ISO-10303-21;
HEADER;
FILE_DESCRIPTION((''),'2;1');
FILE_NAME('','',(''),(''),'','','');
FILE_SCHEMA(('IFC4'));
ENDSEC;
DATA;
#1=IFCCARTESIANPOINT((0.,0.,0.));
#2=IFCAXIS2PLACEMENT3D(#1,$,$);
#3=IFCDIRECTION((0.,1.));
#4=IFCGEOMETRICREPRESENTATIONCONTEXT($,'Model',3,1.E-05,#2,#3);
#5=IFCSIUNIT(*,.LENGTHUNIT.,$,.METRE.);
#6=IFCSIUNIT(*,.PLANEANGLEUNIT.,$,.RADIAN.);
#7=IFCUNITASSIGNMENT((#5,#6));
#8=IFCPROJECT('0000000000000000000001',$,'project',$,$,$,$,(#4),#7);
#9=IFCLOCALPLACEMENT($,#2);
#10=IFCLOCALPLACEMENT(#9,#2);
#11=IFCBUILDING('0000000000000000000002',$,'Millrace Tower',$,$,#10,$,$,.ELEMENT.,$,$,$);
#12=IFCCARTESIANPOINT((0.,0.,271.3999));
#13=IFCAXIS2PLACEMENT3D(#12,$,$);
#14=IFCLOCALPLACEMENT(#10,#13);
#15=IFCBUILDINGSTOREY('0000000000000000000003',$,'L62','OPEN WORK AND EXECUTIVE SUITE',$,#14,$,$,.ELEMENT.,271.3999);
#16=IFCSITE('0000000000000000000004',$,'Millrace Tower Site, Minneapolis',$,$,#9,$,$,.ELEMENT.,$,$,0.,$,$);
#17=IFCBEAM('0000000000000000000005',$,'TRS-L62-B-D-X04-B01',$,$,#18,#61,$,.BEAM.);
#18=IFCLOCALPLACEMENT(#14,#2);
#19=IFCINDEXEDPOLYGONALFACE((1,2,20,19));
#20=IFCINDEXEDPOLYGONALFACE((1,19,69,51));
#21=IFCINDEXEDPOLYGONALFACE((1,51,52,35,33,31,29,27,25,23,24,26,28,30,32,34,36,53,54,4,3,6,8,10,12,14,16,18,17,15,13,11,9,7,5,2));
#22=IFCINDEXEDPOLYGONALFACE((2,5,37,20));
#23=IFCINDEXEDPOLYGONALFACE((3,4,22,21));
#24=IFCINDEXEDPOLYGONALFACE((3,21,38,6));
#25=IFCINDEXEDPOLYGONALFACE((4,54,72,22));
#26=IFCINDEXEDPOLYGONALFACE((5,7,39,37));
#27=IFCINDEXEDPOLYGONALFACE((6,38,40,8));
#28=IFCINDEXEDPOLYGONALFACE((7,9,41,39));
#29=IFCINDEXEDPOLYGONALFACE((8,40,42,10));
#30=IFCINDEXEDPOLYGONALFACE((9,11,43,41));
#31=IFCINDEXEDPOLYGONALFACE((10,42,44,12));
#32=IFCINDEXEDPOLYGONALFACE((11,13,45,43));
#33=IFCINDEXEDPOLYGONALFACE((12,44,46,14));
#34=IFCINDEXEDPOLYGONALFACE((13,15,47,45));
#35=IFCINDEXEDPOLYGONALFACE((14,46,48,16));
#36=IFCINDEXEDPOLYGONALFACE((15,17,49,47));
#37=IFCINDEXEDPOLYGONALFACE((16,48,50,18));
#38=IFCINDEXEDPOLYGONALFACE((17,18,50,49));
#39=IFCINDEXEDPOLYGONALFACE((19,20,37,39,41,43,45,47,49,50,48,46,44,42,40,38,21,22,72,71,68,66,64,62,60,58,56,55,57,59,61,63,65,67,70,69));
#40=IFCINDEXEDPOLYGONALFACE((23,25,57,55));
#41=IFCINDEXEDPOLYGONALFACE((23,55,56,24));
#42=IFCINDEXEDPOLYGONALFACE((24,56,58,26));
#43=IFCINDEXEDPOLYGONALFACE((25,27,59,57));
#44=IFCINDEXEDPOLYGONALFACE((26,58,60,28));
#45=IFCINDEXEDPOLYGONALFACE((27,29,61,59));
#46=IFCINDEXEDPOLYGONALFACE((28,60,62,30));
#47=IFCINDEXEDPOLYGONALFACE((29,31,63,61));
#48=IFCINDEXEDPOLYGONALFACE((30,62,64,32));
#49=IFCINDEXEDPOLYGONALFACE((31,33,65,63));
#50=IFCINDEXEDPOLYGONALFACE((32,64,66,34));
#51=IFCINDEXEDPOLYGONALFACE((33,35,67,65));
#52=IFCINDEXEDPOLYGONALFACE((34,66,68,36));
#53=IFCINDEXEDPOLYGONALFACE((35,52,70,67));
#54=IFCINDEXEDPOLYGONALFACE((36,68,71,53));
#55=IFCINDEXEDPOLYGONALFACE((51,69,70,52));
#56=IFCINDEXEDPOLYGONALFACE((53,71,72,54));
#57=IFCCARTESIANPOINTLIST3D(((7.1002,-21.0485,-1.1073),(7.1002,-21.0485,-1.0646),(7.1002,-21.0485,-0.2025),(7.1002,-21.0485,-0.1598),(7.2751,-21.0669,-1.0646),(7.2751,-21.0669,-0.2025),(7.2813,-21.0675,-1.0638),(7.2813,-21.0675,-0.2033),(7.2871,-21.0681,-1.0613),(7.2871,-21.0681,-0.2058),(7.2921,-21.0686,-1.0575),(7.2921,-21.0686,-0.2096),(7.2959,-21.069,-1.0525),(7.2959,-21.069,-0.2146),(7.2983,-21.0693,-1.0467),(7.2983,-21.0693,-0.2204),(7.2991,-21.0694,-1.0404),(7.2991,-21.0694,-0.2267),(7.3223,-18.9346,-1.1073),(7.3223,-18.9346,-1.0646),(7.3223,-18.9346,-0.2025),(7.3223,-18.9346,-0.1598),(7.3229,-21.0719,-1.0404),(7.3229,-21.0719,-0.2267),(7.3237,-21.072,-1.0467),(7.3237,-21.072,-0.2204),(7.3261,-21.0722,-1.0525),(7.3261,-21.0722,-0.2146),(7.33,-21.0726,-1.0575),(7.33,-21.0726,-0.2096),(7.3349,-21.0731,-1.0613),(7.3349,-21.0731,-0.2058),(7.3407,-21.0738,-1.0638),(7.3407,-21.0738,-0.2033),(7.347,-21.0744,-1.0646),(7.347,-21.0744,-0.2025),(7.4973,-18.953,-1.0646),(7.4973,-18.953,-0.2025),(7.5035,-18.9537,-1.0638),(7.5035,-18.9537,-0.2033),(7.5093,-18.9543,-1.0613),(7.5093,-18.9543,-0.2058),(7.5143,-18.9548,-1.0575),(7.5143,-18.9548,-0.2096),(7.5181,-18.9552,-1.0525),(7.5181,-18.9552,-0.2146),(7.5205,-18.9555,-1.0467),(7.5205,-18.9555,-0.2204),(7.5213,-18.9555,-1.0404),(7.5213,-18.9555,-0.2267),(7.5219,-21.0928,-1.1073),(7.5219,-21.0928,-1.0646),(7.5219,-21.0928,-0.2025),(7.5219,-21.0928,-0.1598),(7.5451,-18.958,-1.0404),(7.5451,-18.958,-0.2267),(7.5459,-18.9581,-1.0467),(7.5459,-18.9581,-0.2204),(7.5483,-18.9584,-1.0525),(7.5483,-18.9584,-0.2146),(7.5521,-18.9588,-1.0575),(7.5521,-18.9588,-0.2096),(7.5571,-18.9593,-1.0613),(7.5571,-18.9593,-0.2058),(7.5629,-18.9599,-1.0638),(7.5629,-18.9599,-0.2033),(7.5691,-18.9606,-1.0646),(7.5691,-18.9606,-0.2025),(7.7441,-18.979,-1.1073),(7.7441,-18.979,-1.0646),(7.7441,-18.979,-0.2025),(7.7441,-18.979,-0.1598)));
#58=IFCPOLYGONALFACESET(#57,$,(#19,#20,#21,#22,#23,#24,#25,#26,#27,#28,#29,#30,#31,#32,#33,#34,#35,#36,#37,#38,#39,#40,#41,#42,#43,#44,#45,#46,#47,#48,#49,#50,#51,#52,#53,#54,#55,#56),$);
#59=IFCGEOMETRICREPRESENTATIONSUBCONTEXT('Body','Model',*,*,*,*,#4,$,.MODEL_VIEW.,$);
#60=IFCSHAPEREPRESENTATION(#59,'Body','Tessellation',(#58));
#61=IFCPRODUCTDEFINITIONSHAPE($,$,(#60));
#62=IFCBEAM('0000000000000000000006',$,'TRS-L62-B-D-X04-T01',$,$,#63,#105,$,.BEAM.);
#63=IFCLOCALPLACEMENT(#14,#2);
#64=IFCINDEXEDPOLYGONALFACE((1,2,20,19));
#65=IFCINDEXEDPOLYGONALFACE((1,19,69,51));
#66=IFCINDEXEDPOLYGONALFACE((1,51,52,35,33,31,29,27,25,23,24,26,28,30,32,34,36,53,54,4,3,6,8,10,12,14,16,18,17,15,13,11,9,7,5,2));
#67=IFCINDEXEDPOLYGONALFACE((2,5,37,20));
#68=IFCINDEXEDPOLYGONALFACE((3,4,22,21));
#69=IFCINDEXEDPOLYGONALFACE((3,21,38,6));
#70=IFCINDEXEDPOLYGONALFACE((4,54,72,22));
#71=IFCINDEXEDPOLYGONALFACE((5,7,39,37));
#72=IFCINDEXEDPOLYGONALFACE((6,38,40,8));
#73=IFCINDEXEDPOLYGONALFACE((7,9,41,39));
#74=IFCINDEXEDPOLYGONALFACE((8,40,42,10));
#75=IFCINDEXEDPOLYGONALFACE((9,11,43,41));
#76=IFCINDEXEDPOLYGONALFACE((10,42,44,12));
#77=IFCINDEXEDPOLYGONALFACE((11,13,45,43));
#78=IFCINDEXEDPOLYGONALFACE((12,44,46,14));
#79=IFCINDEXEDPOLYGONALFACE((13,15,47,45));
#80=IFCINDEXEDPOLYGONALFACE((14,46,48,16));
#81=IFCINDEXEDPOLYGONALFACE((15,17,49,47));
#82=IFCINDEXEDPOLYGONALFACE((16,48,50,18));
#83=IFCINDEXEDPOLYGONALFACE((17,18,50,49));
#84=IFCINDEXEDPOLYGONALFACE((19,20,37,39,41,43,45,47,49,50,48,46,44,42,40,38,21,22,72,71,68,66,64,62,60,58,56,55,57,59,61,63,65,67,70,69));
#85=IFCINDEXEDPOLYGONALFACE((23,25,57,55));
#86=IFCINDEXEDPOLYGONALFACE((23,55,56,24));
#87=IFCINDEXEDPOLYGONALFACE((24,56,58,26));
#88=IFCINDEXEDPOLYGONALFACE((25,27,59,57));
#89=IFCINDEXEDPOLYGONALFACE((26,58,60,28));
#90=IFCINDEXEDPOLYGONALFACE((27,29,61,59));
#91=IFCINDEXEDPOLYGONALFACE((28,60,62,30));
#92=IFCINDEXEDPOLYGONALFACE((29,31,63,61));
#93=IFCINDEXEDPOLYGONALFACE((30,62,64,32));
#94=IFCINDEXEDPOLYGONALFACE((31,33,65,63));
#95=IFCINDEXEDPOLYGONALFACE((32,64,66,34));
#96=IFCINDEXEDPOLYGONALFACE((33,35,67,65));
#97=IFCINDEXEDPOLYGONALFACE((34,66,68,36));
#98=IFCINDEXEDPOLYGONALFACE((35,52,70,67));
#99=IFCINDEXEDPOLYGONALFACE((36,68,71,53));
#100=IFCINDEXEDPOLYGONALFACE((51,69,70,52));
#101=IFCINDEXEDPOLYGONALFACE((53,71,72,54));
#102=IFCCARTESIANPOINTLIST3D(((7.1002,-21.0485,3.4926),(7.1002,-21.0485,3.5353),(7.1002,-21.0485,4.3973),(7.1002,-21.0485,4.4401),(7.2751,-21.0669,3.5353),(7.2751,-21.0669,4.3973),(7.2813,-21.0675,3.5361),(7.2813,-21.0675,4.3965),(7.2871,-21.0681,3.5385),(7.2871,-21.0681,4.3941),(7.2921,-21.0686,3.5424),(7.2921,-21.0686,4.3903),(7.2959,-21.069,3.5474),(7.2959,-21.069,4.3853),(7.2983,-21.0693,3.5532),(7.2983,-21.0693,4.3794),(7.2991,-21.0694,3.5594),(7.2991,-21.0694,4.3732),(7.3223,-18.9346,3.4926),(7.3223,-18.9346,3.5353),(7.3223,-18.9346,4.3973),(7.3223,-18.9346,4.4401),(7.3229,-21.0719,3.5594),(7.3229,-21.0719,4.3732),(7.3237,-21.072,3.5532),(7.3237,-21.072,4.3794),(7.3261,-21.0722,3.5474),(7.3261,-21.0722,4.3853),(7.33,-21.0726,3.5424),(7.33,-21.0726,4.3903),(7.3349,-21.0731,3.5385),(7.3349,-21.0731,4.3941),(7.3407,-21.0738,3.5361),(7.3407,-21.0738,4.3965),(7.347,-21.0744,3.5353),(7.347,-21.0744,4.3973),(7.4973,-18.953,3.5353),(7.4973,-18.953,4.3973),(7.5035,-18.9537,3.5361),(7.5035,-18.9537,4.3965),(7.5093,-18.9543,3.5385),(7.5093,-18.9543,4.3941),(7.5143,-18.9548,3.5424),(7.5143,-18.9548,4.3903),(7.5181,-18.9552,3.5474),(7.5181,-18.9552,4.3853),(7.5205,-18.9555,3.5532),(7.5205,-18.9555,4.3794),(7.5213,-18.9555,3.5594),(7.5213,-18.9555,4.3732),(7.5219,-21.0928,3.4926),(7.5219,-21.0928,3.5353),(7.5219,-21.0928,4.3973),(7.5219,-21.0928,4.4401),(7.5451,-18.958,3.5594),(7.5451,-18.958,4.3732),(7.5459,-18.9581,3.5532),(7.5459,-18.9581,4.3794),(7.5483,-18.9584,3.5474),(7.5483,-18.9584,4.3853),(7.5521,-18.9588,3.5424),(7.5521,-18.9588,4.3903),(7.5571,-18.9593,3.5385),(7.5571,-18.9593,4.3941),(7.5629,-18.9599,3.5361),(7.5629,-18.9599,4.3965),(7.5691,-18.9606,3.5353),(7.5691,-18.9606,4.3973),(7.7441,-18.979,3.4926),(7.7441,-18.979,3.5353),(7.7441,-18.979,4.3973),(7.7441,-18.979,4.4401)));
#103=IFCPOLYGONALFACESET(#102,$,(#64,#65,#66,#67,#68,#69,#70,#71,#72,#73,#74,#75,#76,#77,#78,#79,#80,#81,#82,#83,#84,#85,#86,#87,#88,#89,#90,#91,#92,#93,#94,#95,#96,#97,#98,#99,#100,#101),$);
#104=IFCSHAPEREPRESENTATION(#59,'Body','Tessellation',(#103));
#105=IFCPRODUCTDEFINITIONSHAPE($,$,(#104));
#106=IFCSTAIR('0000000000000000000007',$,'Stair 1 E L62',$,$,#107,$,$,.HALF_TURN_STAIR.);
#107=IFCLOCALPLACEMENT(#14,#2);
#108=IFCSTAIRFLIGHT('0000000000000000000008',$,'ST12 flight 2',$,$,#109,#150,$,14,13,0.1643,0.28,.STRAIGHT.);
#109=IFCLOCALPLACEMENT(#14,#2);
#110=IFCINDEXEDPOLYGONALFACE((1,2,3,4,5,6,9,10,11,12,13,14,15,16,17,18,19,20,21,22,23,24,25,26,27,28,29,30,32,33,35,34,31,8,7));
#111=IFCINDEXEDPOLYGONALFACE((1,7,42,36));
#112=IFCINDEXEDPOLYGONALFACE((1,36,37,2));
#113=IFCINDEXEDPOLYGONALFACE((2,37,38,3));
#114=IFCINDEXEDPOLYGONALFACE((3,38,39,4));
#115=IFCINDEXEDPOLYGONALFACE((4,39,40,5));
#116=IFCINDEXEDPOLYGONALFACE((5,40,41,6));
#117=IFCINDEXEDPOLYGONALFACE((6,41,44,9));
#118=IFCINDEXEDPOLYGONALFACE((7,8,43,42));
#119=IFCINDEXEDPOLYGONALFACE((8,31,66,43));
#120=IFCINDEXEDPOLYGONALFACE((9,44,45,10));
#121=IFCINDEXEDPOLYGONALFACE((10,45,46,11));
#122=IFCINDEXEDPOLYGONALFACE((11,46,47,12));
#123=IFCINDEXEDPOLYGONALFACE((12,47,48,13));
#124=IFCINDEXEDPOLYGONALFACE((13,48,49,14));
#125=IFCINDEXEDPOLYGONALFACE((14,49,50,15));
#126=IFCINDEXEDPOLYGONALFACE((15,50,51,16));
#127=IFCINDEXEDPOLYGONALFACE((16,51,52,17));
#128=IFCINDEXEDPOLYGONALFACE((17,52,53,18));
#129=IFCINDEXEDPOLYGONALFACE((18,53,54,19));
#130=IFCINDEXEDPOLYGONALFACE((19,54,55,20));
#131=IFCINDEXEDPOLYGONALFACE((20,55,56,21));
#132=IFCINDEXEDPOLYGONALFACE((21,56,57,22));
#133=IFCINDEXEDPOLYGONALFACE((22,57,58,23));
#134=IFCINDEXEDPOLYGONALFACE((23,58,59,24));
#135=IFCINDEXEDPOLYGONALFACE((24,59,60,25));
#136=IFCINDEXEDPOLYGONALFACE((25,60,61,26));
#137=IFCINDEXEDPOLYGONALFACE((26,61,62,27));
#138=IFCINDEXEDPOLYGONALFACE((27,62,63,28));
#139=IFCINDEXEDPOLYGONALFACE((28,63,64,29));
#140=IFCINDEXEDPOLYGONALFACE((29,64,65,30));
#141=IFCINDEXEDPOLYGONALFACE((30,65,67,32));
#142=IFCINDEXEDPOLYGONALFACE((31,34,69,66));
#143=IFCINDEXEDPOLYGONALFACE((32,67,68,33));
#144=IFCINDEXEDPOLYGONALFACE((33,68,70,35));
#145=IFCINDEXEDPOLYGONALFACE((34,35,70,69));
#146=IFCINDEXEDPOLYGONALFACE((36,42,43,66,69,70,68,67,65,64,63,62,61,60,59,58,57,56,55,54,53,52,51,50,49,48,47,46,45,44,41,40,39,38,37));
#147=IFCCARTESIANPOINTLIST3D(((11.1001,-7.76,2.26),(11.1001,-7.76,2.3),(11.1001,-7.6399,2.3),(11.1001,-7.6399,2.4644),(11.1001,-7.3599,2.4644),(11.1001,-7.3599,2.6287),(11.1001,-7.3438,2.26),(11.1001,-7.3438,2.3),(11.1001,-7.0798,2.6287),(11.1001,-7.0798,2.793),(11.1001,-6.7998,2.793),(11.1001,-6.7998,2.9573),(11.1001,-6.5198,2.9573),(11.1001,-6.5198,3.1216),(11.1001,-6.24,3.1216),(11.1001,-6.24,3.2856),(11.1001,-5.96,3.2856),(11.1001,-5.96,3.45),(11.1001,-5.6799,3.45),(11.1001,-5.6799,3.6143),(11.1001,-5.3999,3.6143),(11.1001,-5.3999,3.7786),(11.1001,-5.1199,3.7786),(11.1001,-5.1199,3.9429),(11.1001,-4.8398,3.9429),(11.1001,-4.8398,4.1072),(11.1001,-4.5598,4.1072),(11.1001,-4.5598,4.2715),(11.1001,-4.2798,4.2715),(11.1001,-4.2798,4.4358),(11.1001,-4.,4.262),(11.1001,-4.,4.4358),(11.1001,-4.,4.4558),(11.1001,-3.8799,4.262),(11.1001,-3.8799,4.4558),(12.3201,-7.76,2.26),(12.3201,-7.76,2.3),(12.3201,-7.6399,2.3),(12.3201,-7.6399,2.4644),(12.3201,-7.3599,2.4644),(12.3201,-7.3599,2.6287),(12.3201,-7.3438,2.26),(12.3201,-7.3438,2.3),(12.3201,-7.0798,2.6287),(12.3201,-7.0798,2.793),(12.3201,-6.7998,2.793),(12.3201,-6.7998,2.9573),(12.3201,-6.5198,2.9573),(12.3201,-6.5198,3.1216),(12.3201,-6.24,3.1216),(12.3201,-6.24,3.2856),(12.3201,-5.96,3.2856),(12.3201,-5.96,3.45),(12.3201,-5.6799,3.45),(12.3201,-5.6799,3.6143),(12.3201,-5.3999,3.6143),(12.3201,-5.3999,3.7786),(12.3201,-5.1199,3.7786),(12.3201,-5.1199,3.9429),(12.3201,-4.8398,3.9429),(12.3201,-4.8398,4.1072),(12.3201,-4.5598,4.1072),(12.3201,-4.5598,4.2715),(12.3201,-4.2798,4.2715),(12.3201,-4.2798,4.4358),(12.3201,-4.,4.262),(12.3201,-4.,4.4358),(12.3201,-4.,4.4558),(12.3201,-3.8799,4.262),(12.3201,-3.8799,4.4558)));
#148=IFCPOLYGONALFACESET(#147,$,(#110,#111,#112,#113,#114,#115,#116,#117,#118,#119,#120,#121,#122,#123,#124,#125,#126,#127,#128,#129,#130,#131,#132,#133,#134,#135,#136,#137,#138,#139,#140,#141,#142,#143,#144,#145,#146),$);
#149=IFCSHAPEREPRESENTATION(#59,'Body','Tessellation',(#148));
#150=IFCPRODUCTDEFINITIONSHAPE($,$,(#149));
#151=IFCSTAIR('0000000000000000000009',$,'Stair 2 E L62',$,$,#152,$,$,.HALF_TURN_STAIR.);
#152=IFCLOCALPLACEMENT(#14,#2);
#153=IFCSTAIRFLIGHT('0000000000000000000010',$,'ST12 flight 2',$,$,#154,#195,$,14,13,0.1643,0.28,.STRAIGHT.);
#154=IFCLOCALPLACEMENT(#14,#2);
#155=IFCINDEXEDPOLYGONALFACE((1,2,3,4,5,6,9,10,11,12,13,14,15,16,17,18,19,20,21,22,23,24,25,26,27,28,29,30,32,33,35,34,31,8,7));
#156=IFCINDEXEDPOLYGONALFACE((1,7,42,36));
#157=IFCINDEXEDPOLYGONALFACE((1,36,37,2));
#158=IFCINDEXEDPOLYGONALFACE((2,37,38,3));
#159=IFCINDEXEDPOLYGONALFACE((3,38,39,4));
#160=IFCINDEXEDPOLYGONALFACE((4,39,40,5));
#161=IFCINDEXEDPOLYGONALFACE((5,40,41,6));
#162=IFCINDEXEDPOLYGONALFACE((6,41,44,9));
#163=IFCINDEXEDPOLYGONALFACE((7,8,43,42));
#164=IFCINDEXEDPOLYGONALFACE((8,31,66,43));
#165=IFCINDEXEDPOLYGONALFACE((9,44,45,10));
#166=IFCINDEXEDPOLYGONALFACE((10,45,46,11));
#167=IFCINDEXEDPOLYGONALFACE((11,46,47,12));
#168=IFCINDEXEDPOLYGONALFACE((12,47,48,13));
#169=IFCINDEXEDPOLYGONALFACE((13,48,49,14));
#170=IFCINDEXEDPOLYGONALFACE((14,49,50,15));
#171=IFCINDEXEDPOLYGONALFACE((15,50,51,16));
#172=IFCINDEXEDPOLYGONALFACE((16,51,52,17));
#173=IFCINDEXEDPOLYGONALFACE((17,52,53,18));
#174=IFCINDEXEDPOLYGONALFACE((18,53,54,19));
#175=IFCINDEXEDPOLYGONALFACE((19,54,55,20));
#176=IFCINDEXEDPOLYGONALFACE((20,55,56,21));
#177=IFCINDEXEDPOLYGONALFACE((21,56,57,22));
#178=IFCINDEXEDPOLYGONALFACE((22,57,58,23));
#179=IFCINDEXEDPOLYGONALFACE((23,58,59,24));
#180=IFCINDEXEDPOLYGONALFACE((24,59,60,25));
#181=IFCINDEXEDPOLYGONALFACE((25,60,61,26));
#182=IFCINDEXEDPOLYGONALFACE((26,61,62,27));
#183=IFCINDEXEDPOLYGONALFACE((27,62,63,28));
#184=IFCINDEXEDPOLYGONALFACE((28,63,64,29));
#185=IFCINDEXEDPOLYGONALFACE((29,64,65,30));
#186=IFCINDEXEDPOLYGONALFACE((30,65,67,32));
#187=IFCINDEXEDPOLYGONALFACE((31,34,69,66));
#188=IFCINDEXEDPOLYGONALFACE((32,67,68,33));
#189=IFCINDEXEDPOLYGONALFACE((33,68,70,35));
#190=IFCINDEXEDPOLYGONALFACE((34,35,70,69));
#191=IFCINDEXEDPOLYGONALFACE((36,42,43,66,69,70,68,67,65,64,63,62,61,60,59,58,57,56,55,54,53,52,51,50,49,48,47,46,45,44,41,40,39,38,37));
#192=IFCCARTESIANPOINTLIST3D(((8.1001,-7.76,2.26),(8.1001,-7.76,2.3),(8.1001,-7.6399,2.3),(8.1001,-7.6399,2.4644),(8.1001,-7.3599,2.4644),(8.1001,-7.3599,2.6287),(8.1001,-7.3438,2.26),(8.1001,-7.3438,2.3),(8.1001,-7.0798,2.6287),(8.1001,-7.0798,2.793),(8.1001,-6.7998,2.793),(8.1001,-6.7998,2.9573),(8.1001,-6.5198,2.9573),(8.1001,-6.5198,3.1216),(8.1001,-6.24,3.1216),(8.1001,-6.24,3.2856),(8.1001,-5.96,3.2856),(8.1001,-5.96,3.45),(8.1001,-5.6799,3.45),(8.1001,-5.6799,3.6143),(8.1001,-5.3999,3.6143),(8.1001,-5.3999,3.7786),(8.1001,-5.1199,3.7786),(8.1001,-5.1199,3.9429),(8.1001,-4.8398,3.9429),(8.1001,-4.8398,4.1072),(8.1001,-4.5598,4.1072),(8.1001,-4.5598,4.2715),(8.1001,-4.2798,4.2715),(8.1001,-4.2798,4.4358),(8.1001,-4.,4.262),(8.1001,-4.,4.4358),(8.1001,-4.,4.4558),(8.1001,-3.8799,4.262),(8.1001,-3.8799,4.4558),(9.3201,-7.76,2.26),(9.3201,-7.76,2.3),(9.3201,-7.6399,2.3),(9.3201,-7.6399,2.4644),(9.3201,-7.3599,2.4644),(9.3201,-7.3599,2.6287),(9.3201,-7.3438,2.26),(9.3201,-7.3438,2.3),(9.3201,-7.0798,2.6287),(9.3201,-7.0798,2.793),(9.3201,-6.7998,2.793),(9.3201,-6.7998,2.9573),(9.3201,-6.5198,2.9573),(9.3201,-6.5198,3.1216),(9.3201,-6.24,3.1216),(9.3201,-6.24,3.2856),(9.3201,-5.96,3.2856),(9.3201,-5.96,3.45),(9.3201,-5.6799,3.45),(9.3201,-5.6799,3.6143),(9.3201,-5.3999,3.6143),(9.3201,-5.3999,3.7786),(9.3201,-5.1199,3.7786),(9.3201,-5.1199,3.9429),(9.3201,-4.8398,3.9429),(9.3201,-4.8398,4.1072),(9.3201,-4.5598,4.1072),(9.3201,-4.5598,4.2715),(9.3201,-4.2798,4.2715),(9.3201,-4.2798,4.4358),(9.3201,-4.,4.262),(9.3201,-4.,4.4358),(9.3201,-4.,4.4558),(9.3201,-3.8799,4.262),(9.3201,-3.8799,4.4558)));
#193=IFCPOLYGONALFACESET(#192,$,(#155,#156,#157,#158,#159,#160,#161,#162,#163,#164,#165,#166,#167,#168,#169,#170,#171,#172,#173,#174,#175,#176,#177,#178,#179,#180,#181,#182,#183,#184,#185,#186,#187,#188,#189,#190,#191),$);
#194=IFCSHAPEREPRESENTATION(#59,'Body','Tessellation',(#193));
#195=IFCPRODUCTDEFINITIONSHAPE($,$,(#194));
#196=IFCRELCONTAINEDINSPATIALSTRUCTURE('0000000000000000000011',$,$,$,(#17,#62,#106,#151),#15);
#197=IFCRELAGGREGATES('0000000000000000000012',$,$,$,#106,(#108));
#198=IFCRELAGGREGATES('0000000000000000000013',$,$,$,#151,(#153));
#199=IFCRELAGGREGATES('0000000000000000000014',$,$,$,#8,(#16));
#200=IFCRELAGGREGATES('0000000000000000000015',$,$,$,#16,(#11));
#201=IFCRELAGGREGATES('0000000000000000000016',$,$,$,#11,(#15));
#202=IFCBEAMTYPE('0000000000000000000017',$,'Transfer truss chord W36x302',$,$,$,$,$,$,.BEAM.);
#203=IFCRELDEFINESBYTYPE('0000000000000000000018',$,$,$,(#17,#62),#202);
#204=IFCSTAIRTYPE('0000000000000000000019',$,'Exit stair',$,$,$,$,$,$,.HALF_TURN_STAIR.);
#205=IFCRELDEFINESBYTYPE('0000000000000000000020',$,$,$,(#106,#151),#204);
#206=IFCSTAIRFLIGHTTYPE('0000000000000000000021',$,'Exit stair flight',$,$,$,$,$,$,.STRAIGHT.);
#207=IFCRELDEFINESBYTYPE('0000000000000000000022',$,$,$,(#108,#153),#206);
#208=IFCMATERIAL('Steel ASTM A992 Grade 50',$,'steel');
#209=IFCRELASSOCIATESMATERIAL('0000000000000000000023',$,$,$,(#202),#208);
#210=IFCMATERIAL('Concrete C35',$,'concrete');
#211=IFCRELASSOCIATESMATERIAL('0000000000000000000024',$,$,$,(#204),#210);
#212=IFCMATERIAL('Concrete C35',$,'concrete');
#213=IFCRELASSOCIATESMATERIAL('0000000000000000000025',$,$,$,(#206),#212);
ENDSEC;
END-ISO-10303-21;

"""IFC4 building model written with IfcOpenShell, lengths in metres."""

from ifc_helpers import new_model, si_unit, direction, frame, origin, origin_2d, place, context, subcontext, project, spatial, polyline, i_section, outline, extrude, material, material_profile, profile_set, type_object, element, aggregate, save


model = new_model("IFC4")

# Units and contexts
model_context = context("Model", 3, precision=1e-05, world=origin(), true_north=direction((0.0, 1.0)))
body_context = subcontext(model_context, "Body", "Model", "MODEL_VIEW")
ifc_project = project(units=[si_unit("LENGTHUNIT", "METRE"), si_unit("PLANEANGLEUNIT", "RADIAN")], contexts=[model_context])

# Site, building, storey
site_placement = place(None, origin())
site = spatial("IfcSite", under=ifc_project, at=site_placement, Name="Millrace Tower Site, Minneapolis", CompositionType="ELEMENT", RefElevation=0.0)
building_placement = place(site_placement, origin())
building = spatial("IfcBuilding", under=site, at=building_placement, Name="Millrace Tower", CompositionType="ELEMENT")
storey_placement = place(building_placement, frame((0.0, 0.0, 271.3999)))
storey = spatial("IfcBuildingStorey", under=building, at=storey_placement, Name="L62", Description="OPEN WORK AND EXECUTIVE SUITE", CompositionType="ELEMENT", Elevation=271.3999)

# Shared definitions
placement = place(storey_placement, origin())

# Beams
ifc_material_1 = material(Name="Steel ASTM A992 Grade 50", Category="steel")
ifc_material_profile_1 = material_profile(ifc_material_1, i_section(OverallWidth=0.4241, OverallDepth=0.9475, WebThickness=0.0239, FlangeThickness=0.0427, FilletRadius=0.0242, at=origin_2d()))
ifc_profile_set_1 = profile_set([ifc_material_profile_1], Name="Steel ASTM A992 Grade 50")
beam_type_1 = type_object("IfcBeamType", Name="Transfer truss chord W36x302", PredefinedType="BEAM", material=ifc_profile_set_1)
for number, where, z_axis, x_axis, name in (
    (1, (7.5332, -18.9568, -0.6335), (-0.104529, -0.994522, 0.0), (0.994522, -0.104529, 0.0), "TRS-L62-B-D-X04-B01"),
    (2, (7.5332, -18.9568, 3.9663), (-0.104529, -0.994522, 0.0), (0.994522, -0.104529, 0.0), "TRS-L62-B-D-X04-T01"),
):
    element("IfcBeam", number, at=place(storey_placement, frame(where, z_axis=z_axis, x_axis=x_axis)), inside=storey, type_object=beam_type_1, Name=name, PredefinedType="BEAM", context=body_context, shape_type="SweptSolid", body=[
        extrude(i_section(OverallWidth=0.4241, OverallDepth=0.9475, WebThickness=0.0239, FlangeThickness=0.0427, FilletRadius=0.0242, at=origin_2d()), origin(), (0.0, 0.0, 1.0), 2.1255),
    ])

# Stairs, stair flights
ifc_material_2 = material(Name="Concrete C35", Category="concrete")
stair_type = type_object("IfcStairType", Name="Exit stair", PredefinedType="HALF_TURN_STAIR", material=ifc_material_2)
stair_1 = element("IfcStair", 3, at=placement, inside=storey, type_object=stair_type, Name="Stair 1 E L62", PredefinedType="HALF_TURN_STAIR")
ifc_material_3 = material(Name="Concrete C35", Category="concrete")
stair_flight_type = type_object("IfcStairFlightType", Name="Exit stair flight", PredefinedType="STRAIGHT", material=ifc_material_3)
stair_flight_1_placement = place(storey_placement, frame((11.71, -7.6399, 2.3), z_axis=(0.0, 0.0, 1.0), x_axis=(0.0, 1.0, 0.0)))
stair_flight_1 = element("IfcStairFlight", 4, at=stair_flight_1_placement, type_object=stair_flight_type, Name="ST12 flight 2", NumberOfRisers=14, NumberOfTreads=13, PredefinedType="STRAIGHT", RiserHeight=0.1643, TreadLength=0.28, context=body_context, shape_type="SweptSolid", body=[
    extrude(outline(polyline([(-0.1201, -0.04), (-0.1201, 0.0), (0.0, 0.0), (0.0, 0.1643), (0.28, 0.1643), (0.28, 0.3286), (0.5601, 0.3286), (0.5601, 0.4929), (0.8401, 0.4929), (0.8401, 0.6572), (1.1201, 0.6572), (1.1201, 0.8215), (1.3999, 0.8215), (1.3999, 0.9856), (1.6799, 0.9856), (1.6799, 1.1499), (1.96, 1.1499), (1.96, 1.3142), (2.24, 1.3142), (2.24, 1.4785), (2.52, 1.4785), (2.52, 1.6428), (2.8, 1.6428), (2.8, 1.8071), (3.0801, 1.8071), (3.0801, 1.9714), (3.3601, 1.9714), (3.3601, 2.1357), (3.6399, 2.1357), (3.6399, 2.1558), (3.76, 2.1558), (3.76, 1.9619), (3.6399, 1.9619), (0.2961, 0.0), (0.2961, -0.04), (-0.1201, -0.04)])), frame((0.0, 0.6099, 0.0), z_axis=(0.0, -1.0, 0.0), x_axis=(1.0, 0.0, 0.0)), (0.0, 0.0, 1.0), 1.22),
])
aggregate(stair_1, [stair_flight_1])
stair_2 = element("IfcStair", 5, at=placement, inside=storey, type_object=stair_type, Name="Stair 2 E L62", PredefinedType="HALF_TURN_STAIR")
stair_flight_2_placement = place(storey_placement, frame((8.71, -7.6399, 2.3), z_axis=(0.0, 0.0, 1.0), x_axis=(0.0, 1.0, 0.0)))
stair_flight_2 = element("IfcStairFlight", 6, at=stair_flight_2_placement, type_object=stair_flight_type, Name="ST12 flight 2", NumberOfRisers=14, NumberOfTreads=13, PredefinedType="STRAIGHT", RiserHeight=0.1643, TreadLength=0.28, context=body_context, shape_type="SweptSolid", body=[
    extrude(outline(polyline([(-0.1201, -0.04), (-0.1201, 0.0), (0.0, 0.0), (0.0, 0.1643), (0.28, 0.1643), (0.28, 0.3286), (0.5601, 0.3286), (0.5601, 0.4929), (0.8401, 0.4929), (0.8401, 0.6572), (1.1201, 0.6572), (1.1201, 0.8215), (1.3999, 0.8215), (1.3999, 0.9856), (1.6799, 0.9856), (1.6799, 1.1499), (1.96, 1.1499), (1.96, 1.3142), (2.24, 1.3142), (2.24, 1.4785), (2.52, 1.4785), (2.52, 1.6428), (2.8, 1.6428), (2.8, 1.8071), (3.0801, 1.8071), (3.0801, 1.9714), (3.3601, 1.9714), (3.3601, 2.1357), (3.6399, 2.1357), (3.6399, 2.1558), (3.76, 2.1558), (3.76, 1.9619), (3.6399, 1.9619), (0.2961, 0.0), (0.2961, -0.04), (-0.1201, -0.04)])), frame((0.0, 0.6099, 0.0), z_axis=(0.0, -1.0, 0.0), x_axis=(1.0, 0.0, 0.0)), (0.0, 0.0, 1.0), 1.22),
])
aggregate(stair_2, [stair_flight_2])

save(model, "model.ifc")
